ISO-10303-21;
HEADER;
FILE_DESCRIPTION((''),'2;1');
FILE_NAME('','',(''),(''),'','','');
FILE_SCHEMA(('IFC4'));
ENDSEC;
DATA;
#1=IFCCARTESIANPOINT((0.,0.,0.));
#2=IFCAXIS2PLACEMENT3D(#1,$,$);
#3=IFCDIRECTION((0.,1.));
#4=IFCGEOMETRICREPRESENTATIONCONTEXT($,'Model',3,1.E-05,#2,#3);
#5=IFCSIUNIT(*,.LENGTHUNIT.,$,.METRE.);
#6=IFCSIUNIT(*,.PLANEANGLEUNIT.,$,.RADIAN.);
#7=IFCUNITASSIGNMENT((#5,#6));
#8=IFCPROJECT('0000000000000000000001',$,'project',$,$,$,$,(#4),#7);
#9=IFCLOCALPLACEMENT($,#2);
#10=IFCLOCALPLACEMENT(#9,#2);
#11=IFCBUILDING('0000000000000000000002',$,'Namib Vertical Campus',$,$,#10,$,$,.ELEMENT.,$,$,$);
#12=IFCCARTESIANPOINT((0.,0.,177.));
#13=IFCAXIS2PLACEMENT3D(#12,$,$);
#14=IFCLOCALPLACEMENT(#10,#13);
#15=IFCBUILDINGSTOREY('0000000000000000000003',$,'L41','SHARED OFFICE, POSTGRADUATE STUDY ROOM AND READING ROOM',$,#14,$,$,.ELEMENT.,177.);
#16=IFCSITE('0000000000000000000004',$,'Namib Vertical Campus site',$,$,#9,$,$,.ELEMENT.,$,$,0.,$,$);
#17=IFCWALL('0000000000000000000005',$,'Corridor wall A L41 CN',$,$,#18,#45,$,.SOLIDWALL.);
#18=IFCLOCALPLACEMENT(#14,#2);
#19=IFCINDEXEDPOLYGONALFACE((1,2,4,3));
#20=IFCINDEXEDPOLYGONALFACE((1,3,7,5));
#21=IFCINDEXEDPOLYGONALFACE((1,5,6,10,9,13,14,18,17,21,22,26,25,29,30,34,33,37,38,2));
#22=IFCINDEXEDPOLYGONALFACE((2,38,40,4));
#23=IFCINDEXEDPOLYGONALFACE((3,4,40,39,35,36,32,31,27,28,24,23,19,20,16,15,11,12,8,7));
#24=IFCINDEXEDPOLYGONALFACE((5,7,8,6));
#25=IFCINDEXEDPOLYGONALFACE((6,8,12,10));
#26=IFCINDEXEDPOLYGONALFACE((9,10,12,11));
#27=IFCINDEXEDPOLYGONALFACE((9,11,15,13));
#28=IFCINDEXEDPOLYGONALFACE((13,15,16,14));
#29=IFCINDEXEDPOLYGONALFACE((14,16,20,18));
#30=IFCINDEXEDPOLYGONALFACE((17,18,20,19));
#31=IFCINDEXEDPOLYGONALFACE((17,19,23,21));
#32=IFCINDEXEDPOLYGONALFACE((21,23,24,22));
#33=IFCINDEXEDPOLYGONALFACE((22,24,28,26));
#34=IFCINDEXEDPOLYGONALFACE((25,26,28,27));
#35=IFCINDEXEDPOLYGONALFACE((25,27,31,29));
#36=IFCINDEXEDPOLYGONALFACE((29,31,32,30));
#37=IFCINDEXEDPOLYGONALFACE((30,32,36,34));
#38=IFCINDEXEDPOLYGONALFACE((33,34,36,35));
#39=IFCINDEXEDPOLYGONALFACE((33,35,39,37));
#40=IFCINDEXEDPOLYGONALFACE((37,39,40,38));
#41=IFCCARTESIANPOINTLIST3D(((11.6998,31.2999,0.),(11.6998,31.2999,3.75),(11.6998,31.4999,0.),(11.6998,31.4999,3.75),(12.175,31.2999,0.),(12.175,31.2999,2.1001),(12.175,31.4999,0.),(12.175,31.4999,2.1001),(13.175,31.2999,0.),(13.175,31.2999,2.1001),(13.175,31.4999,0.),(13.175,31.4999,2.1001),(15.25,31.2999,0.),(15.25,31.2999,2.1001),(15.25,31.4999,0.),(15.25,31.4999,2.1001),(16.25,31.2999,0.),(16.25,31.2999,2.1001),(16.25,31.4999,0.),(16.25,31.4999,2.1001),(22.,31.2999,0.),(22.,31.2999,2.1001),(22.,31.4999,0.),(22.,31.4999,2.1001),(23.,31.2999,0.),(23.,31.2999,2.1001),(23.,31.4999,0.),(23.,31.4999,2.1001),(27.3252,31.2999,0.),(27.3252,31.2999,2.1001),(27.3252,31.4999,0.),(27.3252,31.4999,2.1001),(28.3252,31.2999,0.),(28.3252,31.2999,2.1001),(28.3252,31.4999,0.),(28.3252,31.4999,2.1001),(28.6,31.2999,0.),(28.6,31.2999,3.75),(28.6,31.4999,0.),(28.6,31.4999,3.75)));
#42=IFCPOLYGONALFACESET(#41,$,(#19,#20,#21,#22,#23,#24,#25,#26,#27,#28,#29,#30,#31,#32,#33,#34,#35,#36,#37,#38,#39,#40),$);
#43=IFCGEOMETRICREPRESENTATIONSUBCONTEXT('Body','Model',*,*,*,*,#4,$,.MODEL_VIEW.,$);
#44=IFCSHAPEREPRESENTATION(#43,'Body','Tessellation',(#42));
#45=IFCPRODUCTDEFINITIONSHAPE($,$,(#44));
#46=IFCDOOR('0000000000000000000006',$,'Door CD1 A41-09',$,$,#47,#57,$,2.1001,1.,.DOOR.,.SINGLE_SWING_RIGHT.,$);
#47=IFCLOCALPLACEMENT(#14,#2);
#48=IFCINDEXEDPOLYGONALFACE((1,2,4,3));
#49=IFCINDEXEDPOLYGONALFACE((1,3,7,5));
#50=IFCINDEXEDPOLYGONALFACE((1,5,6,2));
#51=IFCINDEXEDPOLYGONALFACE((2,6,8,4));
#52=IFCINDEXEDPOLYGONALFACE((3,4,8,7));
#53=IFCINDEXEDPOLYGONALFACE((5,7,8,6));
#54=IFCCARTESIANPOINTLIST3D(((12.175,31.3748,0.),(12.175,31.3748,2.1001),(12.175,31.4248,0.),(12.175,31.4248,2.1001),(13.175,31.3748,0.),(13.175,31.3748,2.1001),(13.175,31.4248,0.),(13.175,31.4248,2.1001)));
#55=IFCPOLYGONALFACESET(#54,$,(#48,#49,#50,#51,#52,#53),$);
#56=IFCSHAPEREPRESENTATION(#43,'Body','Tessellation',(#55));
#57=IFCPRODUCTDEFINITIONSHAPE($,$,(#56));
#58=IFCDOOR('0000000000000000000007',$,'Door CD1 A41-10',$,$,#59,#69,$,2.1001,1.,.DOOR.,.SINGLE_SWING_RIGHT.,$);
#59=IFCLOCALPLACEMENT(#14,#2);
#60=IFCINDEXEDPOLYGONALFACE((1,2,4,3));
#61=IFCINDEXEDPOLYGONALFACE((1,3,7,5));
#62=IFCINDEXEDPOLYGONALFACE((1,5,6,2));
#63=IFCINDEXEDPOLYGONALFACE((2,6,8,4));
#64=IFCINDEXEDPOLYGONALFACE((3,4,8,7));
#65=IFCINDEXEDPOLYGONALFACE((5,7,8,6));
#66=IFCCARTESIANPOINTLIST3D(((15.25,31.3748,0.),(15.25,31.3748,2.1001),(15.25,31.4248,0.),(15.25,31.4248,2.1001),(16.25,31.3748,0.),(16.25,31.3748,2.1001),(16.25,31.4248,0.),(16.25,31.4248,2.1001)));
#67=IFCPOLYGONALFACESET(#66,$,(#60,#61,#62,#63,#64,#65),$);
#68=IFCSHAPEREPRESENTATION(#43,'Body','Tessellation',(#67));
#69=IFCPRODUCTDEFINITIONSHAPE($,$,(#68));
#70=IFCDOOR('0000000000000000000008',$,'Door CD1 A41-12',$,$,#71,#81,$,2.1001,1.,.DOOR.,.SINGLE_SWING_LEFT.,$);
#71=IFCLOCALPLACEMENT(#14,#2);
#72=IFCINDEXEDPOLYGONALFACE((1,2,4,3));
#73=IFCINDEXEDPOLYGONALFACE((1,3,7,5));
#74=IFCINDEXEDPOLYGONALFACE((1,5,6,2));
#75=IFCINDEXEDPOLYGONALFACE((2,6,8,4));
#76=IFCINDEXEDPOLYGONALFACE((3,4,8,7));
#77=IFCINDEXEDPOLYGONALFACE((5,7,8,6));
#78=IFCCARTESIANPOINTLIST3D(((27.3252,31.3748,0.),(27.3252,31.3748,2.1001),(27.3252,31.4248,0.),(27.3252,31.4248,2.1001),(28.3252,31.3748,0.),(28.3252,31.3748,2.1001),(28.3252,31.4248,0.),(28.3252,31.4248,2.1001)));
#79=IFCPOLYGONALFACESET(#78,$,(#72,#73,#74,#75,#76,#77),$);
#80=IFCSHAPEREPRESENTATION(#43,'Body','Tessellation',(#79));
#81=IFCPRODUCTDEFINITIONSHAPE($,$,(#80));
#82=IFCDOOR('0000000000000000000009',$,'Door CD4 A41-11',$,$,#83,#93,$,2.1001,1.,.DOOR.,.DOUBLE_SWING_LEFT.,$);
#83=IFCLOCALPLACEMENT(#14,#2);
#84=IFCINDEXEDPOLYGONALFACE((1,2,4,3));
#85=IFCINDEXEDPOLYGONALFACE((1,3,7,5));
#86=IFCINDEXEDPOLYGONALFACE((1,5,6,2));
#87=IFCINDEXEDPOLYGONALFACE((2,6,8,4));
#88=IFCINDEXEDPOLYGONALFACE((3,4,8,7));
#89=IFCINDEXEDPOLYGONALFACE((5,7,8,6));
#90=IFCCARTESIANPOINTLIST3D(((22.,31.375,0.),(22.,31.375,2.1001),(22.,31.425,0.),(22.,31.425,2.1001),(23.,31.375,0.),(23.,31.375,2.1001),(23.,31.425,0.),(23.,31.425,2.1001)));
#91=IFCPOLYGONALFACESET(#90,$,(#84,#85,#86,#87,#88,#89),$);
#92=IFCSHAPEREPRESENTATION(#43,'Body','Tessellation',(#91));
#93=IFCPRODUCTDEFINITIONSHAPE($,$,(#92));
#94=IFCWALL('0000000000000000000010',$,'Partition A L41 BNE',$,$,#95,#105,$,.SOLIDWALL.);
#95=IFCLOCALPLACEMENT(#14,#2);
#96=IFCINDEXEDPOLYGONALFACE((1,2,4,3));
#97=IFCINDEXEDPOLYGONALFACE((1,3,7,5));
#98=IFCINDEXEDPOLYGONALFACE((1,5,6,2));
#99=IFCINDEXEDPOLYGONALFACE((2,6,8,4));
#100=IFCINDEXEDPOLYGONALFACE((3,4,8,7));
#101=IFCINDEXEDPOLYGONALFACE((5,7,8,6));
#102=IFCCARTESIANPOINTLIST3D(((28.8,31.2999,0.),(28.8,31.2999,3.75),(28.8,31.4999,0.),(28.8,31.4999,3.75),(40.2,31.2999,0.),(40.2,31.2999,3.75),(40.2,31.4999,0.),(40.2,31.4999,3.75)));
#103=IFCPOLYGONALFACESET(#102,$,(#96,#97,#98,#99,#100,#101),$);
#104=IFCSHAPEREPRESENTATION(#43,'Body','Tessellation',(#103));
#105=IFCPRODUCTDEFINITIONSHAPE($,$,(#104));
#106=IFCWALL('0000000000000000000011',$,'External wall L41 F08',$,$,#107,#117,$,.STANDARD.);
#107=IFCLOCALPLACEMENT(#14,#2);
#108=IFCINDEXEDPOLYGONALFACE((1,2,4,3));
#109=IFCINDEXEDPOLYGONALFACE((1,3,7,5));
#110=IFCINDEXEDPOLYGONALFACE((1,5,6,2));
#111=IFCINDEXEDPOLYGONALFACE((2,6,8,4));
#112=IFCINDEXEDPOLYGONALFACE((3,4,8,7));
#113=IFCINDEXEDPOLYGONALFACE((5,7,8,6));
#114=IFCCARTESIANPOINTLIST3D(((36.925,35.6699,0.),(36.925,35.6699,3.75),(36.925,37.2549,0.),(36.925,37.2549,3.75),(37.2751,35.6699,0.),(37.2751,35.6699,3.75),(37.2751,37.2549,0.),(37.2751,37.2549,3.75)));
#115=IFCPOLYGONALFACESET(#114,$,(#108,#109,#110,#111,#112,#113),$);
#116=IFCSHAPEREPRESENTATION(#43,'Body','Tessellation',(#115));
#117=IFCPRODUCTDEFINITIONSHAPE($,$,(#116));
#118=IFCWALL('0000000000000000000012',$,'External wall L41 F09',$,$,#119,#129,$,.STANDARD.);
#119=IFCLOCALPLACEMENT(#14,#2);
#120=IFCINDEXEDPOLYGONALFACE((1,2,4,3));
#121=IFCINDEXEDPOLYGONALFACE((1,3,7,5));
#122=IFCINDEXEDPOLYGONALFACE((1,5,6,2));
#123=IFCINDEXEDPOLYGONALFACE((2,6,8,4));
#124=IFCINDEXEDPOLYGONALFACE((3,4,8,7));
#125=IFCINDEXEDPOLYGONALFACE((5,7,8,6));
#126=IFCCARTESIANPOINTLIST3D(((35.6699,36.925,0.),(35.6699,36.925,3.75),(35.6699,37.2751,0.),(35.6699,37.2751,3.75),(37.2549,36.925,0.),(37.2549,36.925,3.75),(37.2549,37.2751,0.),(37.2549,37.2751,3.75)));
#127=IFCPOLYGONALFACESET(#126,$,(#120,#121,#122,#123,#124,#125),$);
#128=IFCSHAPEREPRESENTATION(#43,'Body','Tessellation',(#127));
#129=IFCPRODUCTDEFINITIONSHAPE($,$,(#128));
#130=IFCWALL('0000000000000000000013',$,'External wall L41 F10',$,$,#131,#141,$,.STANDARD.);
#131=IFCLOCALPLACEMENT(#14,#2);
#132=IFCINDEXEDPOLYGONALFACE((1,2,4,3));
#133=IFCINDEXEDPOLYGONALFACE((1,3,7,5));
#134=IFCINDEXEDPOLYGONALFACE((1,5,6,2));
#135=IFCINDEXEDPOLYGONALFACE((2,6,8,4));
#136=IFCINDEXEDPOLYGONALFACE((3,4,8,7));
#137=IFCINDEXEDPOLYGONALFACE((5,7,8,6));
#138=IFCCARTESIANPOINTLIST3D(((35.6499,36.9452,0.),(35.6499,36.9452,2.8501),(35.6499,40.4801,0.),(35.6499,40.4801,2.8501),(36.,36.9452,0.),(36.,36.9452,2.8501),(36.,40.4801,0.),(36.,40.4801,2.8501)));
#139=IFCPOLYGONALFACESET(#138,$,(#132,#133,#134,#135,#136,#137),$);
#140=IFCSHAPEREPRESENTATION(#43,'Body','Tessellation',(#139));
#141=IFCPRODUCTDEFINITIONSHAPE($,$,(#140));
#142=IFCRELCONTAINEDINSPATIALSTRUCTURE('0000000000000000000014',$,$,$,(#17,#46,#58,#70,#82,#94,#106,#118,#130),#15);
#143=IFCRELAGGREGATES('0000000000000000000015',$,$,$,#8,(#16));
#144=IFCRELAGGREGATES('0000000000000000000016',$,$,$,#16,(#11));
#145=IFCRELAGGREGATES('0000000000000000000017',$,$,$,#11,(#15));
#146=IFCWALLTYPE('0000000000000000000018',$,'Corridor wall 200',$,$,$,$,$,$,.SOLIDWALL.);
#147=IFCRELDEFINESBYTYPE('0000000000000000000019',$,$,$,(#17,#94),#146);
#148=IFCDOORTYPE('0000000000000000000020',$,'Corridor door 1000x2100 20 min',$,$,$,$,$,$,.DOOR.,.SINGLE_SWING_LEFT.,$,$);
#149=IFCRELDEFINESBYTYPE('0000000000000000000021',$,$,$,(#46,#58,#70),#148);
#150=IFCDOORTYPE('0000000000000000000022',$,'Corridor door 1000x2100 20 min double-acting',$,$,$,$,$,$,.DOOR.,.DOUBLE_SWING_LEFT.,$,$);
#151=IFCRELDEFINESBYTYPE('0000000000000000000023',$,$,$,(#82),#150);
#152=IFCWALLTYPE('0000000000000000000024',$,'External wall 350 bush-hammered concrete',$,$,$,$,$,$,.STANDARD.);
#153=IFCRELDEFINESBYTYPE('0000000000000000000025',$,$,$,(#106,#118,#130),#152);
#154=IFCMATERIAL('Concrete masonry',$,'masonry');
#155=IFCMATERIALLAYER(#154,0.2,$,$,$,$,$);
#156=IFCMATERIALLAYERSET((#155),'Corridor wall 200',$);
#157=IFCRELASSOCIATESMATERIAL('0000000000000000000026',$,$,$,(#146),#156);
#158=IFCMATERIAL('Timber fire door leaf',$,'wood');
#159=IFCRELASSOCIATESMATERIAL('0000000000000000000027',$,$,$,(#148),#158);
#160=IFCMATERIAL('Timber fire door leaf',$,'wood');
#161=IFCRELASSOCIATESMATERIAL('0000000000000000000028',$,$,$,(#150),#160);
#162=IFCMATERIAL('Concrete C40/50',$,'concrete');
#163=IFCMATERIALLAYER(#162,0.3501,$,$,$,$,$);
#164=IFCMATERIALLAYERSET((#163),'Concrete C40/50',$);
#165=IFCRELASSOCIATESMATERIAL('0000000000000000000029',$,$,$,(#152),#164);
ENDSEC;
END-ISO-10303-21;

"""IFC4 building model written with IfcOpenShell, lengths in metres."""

from ifc_helpers import new_model, si_unit, direction, frame, frame_2d, origin, place, context, subcontext, project, spatial, rectangle, extrude, material, layer, layer_set, type_object, element, fill, save


model = new_model("IFC4")

# Units and contexts
model_context = context("Model", 3, precision=1e-05, world=origin(), true_north=direction((0.0, 1.0)))
body_context = subcontext(model_context, "Body", "Model", "MODEL_VIEW")
ifc_project = project(units=[si_unit("LENGTHUNIT", "METRE"), si_unit("PLANEANGLEUNIT", "RADIAN")], contexts=[model_context])

# Site, building, storey
site_placement = place(None, origin())
site = spatial("IfcSite", under=ifc_project, at=site_placement, Name="Namib Vertical Campus site", CompositionType="ELEMENT", RefElevation=0.0)
building_placement = place(site_placement, origin())
building = spatial("IfcBuilding", under=site, at=building_placement, Name="Namib Vertical Campus", CompositionType="ELEMENT")
storey_placement = place(building_placement, frame((0.0, 0.0, 177.0)))
storey = spatial("IfcBuildingStorey", under=building, at=storey_placement, Name="L41", Description="SHARED OFFICE, POSTGRADUATE STUDY ROOM AND READING ROOM", CompositionType="ELEMENT", Elevation=177.0)

# Wall, openings, doors
ifc_material_1 = material(Name="Concrete masonry", Category="masonry")
ifc_layer_1 = layer(ifc_material_1, 0.2)
ifc_layer_set_1 = layer_set([ifc_layer_1], Name="Corridor wall 200")
wall_type_1 = type_object("IfcWallType", Name="Corridor wall 200", PredefinedType="SOLIDWALL", material=ifc_layer_set_1)
wall_1_placement = place(storey_placement, frame((28.6001, 31.3999, 0.0), z_axis=(0.0, 0.0, 1.0), x_axis=(-1.0, 0.0, 0.0)))
wall_1 = element("IfcWall", 1, at=wall_1_placement, inside=storey, type_object=wall_type_1, Name="Corridor wall A L41 CN", PredefinedType="SOLIDWALL", context=body_context, shape_type="SweptSolid", body=[
    extrude(rectangle(XDim=16.9001, YDim=0.2, at=frame_2d((8.4502, 0.0))), origin(), (0.0, 0.0, 1.0), 3.75),
])
opening_1_placement = place(wall_1_placement, frame((15.425, 0.0, 0.0)))
opening_1 = element("IfcOpeningElement", 2, at=opening_1_placement, cuts=wall_1, PredefinedType="OPENING", context=body_context, shape_type="SweptSolid", body=[
    extrude(rectangle(XDim=1.0, YDim=2.1001, at=frame_2d((0.5, 1.05))), frame((0.0, 0.1099, 0.0), z_axis=(0.0, -1.0, 0.0), x_axis=(1.0, 0.0, 0.0)), (0.0, 0.0, 1.0), 0.22),
])
opening_2_placement = place(wall_1_placement, frame((12.3501, 0.0, 0.0)))
opening_2 = element("IfcOpeningElement", 3, at=opening_2_placement, cuts=wall_1, PredefinedType="OPENING", context=body_context, shape_type="SweptSolid", body=[
    extrude(rectangle(XDim=1.0, YDim=2.1001, at=frame_2d((0.5, 1.05))), frame((0.0, 0.1099, 0.0), z_axis=(0.0, -1.0, 0.0), x_axis=(1.0, 0.0, 0.0)), (0.0, 0.0, 1.0), 0.22),
])
opening_3_placement = place(wall_1_placement, frame((5.6001, 0.0, 0.0)))
opening_3 = element("IfcOpeningElement", 4, at=opening_3_placement, cuts=wall_1, PredefinedType="OPENING", context=body_context, shape_type="SweptSolid", body=[
    extrude(rectangle(XDim=1.0, YDim=2.1001, at=frame_2d((0.5, 1.05))), frame((0.0, 0.1099, 0.0), z_axis=(0.0, -1.0, 0.0), x_axis=(1.0, 0.0, 0.0)), (0.0, 0.0, 1.0), 0.22),
])
opening_4_placement = place(wall_1_placement, frame((0.2749, 0.0, 0.0)))
opening_4 = element("IfcOpeningElement", 5, at=opening_4_placement, cuts=wall_1, PredefinedType="OPENING", context=body_context, shape_type="SweptSolid", body=[
    extrude(rectangle(XDim=1.0, YDim=2.1001, at=frame_2d((0.5, 1.05))), frame((0.0, 0.1099, 0.0), z_axis=(0.0, -1.0, 0.0), x_axis=(1.0, 0.0, 0.0)), (0.0, 0.0, 1.0), 0.22),
])
ifc_material_2 = material(Name="Timber fire door leaf", Category="wood")
door_type_1 = type_object("IfcDoorType", Name="Corridor door 1000x2100 20 min", OperationType="SINGLE_SWING_LEFT", PredefinedType="DOOR", material=ifc_material_2)
door_1_placement = place(opening_1_placement, frame((1.0, 0.0, 0.0), z_axis=(0.0, 0.0, 1.0), x_axis=(-1.0, 0.0, 0.0)))
door_1 = element("IfcDoor", 6, at=door_1_placement, inside=storey, type_object=door_type_1, Name="Door CD1 A41-09", OperationType="SINGLE_SWING_RIGHT", OverallHeight=2.1001, OverallWidth=1.0, PredefinedType="DOOR", context=body_context, shape_type="SweptSolid", body=[
    extrude(rectangle(XDim=1.0, YDim=2.1001, at=frame_2d((0.5, 1.05))), frame((0.0, 0.0249, 0.0), z_axis=(0.0, -1.0, 0.0), x_axis=(1.0, 0.0, 0.0)), (0.0, 0.0, 1.0), 0.05),
])
fill(opening_1, door_1)
door_2_placement = place(opening_2_placement, frame((1.0, 0.0, 0.0), z_axis=(0.0, 0.0, 1.0), x_axis=(-1.0, 0.0, 0.0)))
door_2 = element("IfcDoor", 7, at=door_2_placement, inside=storey, type_object=door_type_1, Name="Door CD1 A41-10", OperationType="SINGLE_SWING_RIGHT", OverallHeight=2.1001, OverallWidth=1.0, PredefinedType="DOOR", context=body_context, shape_type="SweptSolid", body=[
    extrude(rectangle(XDim=1.0, YDim=2.1001, at=frame_2d((0.5, 1.05))), frame((0.0, 0.0249, 0.0), z_axis=(0.0, -1.0, 0.0), x_axis=(1.0, 0.0, 0.0)), (0.0, 0.0, 1.0), 0.05),
])
fill(opening_2, door_2)
door_3_placement = place(opening_4_placement, frame((1.0, 0.0, 0.0), z_axis=(0.0, 0.0, 1.0), x_axis=(-1.0, 0.0, 0.0)))
door_3 = element("IfcDoor", 8, at=door_3_placement, inside=storey, type_object=door_type_1, Name="Door CD1 A41-12", OperationType="SINGLE_SWING_LEFT", OverallHeight=2.1001, OverallWidth=1.0, PredefinedType="DOOR", context=body_context, shape_type="SweptSolid", body=[
    extrude(rectangle(XDim=1.0, YDim=2.1001, at=frame_2d((0.5, 1.05))), frame((0.0, 0.0249, 0.0), z_axis=(0.0, -1.0, 0.0), x_axis=(1.0, 0.0, 0.0)), (0.0, 0.0, 1.0), 0.05),
])
fill(opening_4, door_3)
ifc_material_3 = material(Name="Timber fire door leaf", Category="wood")
door_type_2 = type_object("IfcDoorType", Name="Corridor door 1000x2100 20 min double-acting", OperationType="DOUBLE_SWING_LEFT", PredefinedType="DOOR", material=ifc_material_3)
door_4_placement = place(opening_3_placement, origin())
door_4 = element("IfcDoor", 9, at=door_4_placement, inside=storey, type_object=door_type_2, Name="Door CD4 A41-11", OperationType="DOUBLE_SWING_LEFT", OverallHeight=2.1001, OverallWidth=1.0, PredefinedType="DOOR", context=body_context, shape_type="SweptSolid", body=[
    extrude(rectangle(XDim=1.0, YDim=2.1001, at=frame_2d((0.5, 1.05))), frame((0.0, 0.0249, 0.0), z_axis=(0.0, -1.0, 0.0), x_axis=(1.0, 0.0, 0.0)), (0.0, 0.0, 1.0), 0.05),
])
fill(opening_3, door_4)

# Walls
wall_2_placement = place(storey_placement, frame((28.8, 31.3999, 0.0), z_axis=(0.0, 0.0, 1.0), x_axis=(1.0, 0.0, 0.0)))
element("IfcWall", 10, at=wall_2_placement, inside=storey, type_object=wall_type_1, Name="Partition A L41 BNE", PredefinedType="SOLIDWALL", context=body_context, shape_type="SweptSolid", body=[
    extrude(rectangle(XDim=11.3999, YDim=0.2, at=frame_2d((5.7, 0.0))), origin(), (0.0, 0.0, 1.0), 3.75),
])
ifc_material_4 = material(Name="Concrete C40/50", Category="concrete")
ifc_layer_2 = layer(ifc_material_4, 0.3501)
ifc_layer_set_2 = layer_set([ifc_layer_2], Name="Concrete C40/50")
wall_type_2 = type_object("IfcWallType", Name="External wall 350 bush-hammered concrete", PredefinedType="STANDARD", material=ifc_layer_set_2)
for number, where, z_axis, x_axis, name in (
    (11, (37.1001, 35.6699, 0.0), (0.0, 0.0, 1.0), (0.0, 1.0, 0.0), "External wall L41 F08"),
    (12, (37.2549, 37.1001, 0.0), (0.0, 0.0, 1.0), (-1.0, 0.0, 0.0), "External wall L41 F09"),
):
    element("IfcWall", number, at=place(storey_placement, frame(where, z_axis=z_axis, x_axis=x_axis)), inside=storey, type_object=wall_type_2, Name=name, PredefinedType="STANDARD", context=body_context, shape_type="SweptSolid", body=[
        extrude(rectangle(XDim=1.585, YDim=0.3501, at=frame_2d((0.7925, 0.0))), origin(), (0.0, 0.0, 1.0), 3.75),
    ])
wall_3_placement = place(storey_placement, frame((35.825, 36.9451, 0.0), z_axis=(0.0, 0.0, 1.0), x_axis=(0.0, 1.0, 0.0)))
element("IfcWall", 13, at=wall_3_placement, inside=storey, type_object=wall_type_2, Name="External wall L41 F10", PredefinedType="STANDARD", context=body_context, shape_type="SweptSolid", body=[
    extrude(rectangle(XDim=3.5349, YDim=0.3501, at=frame_2d((1.7676, 0.0))), origin(), (0.0, 0.0, 1.0), 2.8501),
])

save(model, "model.ifc")
